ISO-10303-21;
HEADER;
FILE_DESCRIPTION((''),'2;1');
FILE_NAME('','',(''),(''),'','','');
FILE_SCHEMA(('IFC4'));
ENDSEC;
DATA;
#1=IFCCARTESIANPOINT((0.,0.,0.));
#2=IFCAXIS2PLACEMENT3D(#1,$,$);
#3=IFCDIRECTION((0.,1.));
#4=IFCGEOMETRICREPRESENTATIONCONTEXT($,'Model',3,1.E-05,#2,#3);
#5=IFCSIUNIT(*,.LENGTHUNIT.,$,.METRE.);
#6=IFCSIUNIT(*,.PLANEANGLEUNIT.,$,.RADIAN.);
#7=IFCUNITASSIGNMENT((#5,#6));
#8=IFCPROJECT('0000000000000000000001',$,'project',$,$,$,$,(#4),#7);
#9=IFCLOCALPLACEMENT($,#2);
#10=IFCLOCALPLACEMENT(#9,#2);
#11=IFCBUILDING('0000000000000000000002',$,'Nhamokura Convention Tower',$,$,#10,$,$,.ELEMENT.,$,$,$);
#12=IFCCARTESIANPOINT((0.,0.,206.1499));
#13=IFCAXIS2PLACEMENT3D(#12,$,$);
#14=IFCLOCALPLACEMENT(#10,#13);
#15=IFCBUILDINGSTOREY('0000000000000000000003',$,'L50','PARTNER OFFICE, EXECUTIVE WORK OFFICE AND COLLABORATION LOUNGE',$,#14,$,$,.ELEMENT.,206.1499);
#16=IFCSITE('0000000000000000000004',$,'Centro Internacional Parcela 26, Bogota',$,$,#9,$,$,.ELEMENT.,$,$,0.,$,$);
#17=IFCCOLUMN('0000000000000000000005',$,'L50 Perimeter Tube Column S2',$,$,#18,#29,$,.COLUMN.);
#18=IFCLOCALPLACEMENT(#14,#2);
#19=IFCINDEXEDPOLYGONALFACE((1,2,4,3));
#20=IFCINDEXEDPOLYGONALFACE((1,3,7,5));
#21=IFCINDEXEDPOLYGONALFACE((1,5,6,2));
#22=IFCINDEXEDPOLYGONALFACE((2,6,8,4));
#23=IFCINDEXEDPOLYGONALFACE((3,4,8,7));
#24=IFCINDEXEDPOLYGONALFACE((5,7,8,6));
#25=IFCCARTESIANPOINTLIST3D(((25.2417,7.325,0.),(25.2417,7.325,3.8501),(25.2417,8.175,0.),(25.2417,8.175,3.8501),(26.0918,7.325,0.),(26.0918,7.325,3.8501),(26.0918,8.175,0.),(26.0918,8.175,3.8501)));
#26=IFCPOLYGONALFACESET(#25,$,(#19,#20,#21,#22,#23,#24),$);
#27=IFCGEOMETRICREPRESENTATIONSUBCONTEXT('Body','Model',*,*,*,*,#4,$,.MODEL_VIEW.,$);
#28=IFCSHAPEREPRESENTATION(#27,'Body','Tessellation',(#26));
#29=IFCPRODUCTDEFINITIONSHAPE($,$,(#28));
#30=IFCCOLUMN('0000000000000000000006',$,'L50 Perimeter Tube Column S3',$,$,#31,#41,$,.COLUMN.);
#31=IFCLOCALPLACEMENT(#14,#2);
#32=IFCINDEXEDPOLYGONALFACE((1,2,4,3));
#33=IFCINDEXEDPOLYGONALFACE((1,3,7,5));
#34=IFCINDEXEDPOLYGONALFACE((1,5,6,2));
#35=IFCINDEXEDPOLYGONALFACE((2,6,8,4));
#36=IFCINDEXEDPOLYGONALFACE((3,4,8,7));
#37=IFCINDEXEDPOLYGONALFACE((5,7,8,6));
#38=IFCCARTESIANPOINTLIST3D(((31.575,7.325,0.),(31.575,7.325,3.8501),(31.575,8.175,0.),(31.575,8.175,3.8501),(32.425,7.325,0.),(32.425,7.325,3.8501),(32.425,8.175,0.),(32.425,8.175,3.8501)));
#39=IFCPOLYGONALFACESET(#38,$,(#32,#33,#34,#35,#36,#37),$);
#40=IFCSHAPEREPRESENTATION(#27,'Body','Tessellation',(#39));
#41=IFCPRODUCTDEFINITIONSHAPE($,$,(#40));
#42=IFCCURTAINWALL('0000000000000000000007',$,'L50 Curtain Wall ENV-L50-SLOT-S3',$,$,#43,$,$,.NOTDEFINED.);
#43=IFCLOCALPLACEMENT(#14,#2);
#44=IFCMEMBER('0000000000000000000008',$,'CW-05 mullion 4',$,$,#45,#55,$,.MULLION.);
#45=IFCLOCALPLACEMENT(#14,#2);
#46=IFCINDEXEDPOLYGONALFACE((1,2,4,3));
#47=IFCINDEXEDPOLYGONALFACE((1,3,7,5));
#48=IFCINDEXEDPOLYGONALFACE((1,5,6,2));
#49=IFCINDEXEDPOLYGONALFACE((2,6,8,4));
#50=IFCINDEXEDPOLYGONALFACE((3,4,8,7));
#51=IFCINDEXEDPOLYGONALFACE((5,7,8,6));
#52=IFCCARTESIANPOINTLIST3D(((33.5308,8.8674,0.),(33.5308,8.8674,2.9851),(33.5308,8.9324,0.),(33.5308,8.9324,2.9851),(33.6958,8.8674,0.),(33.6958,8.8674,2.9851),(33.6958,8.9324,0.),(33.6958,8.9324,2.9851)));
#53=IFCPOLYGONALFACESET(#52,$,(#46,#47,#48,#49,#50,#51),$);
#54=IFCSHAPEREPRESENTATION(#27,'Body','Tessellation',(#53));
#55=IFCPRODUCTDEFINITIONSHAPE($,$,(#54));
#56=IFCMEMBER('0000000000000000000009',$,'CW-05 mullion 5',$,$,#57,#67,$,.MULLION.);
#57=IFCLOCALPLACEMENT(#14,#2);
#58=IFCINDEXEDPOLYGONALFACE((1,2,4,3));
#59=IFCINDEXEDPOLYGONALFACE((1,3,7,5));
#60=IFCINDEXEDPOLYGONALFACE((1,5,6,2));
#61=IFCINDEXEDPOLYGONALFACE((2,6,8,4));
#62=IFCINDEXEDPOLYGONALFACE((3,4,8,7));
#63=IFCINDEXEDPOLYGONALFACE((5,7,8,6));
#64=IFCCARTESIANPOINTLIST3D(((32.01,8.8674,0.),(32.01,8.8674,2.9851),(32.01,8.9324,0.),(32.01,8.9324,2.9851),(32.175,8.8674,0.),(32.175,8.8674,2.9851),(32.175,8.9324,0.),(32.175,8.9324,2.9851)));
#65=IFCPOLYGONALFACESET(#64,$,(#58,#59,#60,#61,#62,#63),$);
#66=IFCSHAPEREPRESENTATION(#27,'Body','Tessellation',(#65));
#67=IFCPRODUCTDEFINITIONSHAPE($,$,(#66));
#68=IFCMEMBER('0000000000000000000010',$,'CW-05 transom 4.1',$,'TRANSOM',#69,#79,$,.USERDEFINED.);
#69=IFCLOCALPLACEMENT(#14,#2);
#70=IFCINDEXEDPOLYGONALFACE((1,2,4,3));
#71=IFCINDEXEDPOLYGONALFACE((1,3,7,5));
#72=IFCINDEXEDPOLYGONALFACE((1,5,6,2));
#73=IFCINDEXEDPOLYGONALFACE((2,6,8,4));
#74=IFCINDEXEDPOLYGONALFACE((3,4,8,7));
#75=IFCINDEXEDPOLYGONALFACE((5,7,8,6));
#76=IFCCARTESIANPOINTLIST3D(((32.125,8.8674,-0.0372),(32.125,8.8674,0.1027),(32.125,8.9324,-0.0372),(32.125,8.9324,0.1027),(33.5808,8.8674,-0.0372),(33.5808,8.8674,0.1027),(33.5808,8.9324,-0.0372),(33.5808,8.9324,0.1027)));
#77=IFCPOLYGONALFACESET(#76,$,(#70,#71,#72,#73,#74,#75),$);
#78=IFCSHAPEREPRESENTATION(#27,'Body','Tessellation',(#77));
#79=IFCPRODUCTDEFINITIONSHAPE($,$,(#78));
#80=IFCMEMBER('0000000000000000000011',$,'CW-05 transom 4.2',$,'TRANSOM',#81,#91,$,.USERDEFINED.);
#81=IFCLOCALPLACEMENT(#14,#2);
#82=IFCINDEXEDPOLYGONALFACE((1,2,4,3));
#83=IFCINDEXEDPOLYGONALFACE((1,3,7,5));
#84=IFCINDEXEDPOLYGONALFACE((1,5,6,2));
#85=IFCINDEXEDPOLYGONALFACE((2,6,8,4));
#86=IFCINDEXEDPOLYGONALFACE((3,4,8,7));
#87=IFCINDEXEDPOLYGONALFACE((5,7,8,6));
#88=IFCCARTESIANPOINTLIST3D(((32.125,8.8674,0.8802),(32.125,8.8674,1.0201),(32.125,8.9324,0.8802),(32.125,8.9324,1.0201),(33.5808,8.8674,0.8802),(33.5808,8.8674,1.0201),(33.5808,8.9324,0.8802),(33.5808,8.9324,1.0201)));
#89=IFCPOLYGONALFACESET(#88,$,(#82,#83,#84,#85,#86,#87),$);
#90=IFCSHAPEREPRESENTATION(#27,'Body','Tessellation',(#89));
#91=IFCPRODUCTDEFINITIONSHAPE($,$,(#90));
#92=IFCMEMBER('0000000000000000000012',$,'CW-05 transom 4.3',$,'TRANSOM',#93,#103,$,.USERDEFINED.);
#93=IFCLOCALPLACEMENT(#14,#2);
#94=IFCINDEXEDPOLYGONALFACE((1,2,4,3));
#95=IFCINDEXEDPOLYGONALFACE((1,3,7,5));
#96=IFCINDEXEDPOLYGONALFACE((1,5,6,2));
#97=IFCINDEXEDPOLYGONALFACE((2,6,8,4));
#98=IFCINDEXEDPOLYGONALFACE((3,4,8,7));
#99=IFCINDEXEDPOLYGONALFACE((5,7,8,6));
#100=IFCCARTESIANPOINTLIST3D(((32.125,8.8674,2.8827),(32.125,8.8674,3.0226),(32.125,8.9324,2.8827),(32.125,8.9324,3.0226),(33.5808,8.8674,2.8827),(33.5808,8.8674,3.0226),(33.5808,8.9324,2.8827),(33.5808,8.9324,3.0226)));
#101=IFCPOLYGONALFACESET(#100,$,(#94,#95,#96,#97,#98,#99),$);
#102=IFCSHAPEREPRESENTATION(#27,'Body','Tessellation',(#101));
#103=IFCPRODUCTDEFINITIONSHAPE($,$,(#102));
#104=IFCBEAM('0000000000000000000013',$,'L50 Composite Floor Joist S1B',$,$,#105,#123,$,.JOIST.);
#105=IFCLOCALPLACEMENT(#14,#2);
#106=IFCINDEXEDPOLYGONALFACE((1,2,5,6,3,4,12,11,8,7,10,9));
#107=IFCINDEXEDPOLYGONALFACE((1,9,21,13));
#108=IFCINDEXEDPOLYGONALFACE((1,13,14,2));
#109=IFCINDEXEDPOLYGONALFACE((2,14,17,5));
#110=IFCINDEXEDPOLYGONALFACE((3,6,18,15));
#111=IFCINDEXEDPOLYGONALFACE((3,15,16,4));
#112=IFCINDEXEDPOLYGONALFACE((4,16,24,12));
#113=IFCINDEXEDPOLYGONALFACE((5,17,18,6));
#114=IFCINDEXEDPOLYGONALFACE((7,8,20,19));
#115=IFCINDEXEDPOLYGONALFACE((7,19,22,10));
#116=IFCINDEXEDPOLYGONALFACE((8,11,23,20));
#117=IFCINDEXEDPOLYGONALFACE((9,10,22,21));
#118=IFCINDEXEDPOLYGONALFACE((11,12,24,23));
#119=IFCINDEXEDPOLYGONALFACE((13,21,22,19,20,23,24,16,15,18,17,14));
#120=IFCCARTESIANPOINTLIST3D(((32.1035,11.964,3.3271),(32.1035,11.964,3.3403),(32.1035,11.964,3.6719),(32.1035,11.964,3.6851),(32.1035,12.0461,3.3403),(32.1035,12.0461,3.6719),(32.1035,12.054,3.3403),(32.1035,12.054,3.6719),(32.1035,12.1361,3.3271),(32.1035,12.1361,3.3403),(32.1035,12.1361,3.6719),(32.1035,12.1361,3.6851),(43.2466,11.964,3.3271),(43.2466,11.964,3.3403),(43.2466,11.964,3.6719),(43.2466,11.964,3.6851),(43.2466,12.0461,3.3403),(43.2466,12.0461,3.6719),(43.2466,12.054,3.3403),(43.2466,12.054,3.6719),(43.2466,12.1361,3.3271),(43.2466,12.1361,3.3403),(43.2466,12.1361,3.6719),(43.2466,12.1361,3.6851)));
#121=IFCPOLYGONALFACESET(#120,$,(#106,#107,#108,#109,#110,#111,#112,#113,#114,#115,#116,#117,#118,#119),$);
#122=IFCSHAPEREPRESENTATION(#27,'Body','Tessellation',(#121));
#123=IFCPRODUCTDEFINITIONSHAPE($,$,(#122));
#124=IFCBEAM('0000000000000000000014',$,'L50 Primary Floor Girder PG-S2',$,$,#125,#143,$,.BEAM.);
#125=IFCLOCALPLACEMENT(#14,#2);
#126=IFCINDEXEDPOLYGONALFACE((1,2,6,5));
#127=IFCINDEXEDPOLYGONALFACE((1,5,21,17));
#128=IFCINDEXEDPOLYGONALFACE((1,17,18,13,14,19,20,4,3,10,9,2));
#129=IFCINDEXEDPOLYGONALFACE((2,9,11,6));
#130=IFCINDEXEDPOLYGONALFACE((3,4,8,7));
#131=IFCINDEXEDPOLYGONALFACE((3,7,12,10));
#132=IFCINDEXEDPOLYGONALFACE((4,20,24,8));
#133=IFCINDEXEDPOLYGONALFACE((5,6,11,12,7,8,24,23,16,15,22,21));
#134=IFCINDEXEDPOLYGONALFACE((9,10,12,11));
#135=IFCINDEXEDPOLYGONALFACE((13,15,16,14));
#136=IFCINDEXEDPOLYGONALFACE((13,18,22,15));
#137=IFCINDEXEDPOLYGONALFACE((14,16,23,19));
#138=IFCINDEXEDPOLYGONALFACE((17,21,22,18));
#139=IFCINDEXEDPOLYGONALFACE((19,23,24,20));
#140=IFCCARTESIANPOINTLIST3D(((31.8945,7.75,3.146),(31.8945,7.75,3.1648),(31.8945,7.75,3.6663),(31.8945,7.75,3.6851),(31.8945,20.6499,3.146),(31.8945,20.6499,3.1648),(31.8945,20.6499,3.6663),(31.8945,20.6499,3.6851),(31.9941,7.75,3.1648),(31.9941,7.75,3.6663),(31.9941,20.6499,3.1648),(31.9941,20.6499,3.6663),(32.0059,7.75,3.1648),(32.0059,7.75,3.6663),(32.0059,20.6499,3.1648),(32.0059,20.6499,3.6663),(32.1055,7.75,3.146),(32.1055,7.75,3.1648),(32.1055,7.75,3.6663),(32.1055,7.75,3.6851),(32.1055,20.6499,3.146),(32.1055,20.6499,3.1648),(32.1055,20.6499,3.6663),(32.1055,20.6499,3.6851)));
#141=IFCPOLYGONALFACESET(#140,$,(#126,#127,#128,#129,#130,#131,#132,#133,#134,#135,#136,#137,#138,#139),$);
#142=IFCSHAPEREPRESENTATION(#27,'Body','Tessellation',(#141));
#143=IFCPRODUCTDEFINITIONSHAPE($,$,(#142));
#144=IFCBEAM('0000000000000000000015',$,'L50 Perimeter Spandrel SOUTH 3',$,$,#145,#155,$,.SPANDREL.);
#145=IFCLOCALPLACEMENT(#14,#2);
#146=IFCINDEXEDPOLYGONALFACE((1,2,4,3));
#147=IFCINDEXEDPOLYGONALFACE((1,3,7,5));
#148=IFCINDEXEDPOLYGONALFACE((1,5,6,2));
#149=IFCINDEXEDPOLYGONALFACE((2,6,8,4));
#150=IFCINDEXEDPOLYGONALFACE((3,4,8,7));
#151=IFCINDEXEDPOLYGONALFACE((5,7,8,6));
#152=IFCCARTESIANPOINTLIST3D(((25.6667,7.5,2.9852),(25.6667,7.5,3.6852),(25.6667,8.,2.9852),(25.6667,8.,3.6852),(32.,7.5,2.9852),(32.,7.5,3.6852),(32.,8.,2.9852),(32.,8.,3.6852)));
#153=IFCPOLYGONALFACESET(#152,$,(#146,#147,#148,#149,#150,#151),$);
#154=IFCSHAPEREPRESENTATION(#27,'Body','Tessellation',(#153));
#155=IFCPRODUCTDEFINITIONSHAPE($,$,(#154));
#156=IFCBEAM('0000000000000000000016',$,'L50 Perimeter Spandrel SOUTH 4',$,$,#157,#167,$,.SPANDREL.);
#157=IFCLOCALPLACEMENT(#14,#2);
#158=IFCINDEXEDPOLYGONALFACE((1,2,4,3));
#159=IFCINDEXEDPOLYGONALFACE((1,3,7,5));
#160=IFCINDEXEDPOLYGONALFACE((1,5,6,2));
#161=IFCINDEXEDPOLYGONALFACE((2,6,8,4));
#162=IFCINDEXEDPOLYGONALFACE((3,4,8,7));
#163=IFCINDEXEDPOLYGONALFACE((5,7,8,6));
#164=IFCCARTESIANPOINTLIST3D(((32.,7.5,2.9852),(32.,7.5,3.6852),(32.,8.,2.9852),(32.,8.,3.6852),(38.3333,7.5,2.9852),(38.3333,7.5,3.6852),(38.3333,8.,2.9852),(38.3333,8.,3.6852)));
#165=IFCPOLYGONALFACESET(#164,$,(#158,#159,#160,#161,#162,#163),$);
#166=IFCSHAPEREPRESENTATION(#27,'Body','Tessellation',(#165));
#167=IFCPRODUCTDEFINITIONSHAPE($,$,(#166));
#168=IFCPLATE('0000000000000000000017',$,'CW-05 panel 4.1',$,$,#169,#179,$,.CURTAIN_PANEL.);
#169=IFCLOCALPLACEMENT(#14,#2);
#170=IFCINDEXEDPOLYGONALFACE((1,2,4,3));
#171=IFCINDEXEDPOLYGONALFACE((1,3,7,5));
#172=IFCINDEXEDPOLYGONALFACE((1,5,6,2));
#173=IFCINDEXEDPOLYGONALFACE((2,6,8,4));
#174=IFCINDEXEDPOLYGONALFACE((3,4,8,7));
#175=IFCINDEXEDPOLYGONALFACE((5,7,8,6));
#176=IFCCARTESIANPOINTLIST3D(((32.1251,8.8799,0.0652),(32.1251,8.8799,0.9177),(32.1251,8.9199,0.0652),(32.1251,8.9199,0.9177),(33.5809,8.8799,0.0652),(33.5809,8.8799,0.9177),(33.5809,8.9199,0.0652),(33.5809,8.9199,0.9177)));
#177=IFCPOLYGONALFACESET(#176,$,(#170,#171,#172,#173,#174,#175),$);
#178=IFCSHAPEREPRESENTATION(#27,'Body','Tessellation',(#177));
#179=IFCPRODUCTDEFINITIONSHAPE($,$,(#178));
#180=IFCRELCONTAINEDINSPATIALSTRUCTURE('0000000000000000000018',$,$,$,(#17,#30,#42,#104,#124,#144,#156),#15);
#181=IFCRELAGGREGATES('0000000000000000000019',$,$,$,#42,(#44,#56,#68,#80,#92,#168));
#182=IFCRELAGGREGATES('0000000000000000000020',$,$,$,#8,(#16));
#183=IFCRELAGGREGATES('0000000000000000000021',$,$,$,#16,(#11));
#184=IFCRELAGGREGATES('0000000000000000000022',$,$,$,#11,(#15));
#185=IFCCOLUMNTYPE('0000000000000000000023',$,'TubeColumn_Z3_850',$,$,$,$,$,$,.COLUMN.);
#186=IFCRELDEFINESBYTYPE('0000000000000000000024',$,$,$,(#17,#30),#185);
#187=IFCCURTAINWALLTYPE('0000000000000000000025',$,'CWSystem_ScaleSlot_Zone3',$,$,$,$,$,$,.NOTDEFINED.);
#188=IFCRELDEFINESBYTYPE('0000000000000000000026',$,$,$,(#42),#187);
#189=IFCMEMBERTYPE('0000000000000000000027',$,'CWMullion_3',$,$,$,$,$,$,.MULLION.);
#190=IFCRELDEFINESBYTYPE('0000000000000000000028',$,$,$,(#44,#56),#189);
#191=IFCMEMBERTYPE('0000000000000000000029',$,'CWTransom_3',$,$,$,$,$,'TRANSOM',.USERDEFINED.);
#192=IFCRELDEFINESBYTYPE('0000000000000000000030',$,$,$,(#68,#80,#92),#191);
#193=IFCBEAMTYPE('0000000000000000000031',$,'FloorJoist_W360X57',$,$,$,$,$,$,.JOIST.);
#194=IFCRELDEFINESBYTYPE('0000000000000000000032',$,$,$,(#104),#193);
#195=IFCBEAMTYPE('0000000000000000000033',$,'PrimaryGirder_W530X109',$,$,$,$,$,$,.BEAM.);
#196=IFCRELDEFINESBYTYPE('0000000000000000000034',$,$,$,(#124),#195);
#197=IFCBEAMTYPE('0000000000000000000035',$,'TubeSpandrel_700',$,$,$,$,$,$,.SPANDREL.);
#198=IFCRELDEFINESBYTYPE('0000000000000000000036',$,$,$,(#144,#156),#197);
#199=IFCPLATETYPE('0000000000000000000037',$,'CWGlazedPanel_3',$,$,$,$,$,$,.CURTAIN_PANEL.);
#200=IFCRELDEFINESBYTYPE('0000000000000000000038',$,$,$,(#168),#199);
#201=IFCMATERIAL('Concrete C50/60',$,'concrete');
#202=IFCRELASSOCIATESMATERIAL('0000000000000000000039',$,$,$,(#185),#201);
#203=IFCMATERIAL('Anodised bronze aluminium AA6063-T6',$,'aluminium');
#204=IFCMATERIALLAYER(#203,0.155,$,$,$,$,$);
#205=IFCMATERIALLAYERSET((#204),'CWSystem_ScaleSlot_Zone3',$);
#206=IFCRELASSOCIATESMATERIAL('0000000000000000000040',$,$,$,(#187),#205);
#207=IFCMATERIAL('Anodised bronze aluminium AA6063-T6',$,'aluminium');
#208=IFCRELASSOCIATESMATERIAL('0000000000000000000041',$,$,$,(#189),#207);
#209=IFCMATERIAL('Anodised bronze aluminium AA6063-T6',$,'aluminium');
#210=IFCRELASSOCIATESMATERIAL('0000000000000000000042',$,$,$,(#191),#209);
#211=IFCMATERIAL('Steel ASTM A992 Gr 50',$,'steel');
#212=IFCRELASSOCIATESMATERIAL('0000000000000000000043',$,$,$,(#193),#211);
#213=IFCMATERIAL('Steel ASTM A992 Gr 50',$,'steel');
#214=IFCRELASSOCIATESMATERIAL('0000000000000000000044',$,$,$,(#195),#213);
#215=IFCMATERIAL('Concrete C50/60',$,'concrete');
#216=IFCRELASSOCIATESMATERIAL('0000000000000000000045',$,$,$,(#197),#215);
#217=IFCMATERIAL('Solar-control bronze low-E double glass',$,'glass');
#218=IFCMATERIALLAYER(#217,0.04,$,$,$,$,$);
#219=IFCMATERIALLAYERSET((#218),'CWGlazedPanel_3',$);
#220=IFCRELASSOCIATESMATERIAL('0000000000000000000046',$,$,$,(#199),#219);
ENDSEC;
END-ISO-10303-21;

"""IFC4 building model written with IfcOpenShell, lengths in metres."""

from ifc_helpers import new_model, si_unit, direction, frame, origin, origin_2d, place, context, subcontext, project, spatial, rectangle, i_section, extrude, material, layer, layer_set, material_profile, profile_set, type_object, element, aggregate, save


model = new_model("IFC4")

# Units and contexts
model_context = context("Model", 3, precision=1e-05, world=origin(), true_north=direction((0.0, 1.0)))
body_context = subcontext(model_context, "Body", "Model", "MODEL_VIEW")
ifc_project = project(units=[si_unit("LENGTHUNIT", "METRE"), si_unit("PLANEANGLEUNIT", "RADIAN")], contexts=[model_context])

# Site, building, storey
site_placement = place(None, origin())
site = spatial("IfcSite", under=ifc_project, at=site_placement, Name="Centro Internacional Parcela 26, Bogota", CompositionType="ELEMENT", RefElevation=0.0)
building_placement = place(site_placement, origin())
building = spatial("IfcBuilding", under=site, at=building_placement, Name="Nhamokura Convention Tower", CompositionType="ELEMENT")
storey_placement = place(building_placement, frame((0.0, 0.0, 206.1499)))
storey = spatial("IfcBuildingStorey", under=building, at=storey_placement, Name="L50", Description="PARTNER OFFICE, EXECUTIVE WORK OFFICE AND COLLABORATION LOUNGE", CompositionType="ELEMENT", Elevation=206.1499)

# Columns
ifc_material_1 = material(Name="Concrete C50/60", Category="concrete")
ifc_material_profile_1 = material_profile(ifc_material_1, rectangle(XDim=0.8501, YDim=0.8501, at=origin_2d()))
ifc_profile_set_1 = profile_set([ifc_material_profile_1], Name="Concrete C50/60")
column_type = type_object("IfcColumnType", Name="TubeColumn_Z3_850", PredefinedType="COLUMN", material=ifc_profile_set_1)
for number, where, z_axis, x_axis, name in (
    (1, (25.6667, 7.75, 0.0), (0.0, 0.0, 1.0), (1.0, 0.0, 0.0), "L50 Perimeter Tube Column S2"),
    (2, (32.0, 7.75, 0.0), (0.0, 0.0, 1.0), (1.0, 0.0, 0.0), "L50 Perimeter Tube Column S3"),
):
    element("IfcColumn", number, at=place(storey_placement, frame(where, z_axis=z_axis, x_axis=x_axis)), inside=storey, type_object=column_type, Name=name, PredefinedType="COLUMN", context=body_context, shape_type="SweptSolid", body=[
        extrude(rectangle(XDim=0.8501, YDim=0.8501, at=origin_2d()), origin(), (0.0, 0.0, 1.0), 3.8501),
    ])

# Curtain wall, members
ifc_material_2 = material(Name="Anodised bronze aluminium AA6063-T6", Category="aluminium")
ifc_layer_1 = layer(ifc_material_2, 0.155)
ifc_layer_set_1 = layer_set([ifc_layer_1], Name="CWSystem_ScaleSlot_Zone3")
curtain_wall_type = type_object("IfcCurtainWallType", Name="CWSystem_ScaleSlot_Zone3", PredefinedType="NOTDEFINED", material=ifc_layer_set_1)
curtain_wall_placement = place(storey_placement, origin())
curtain_wall = element("IfcCurtainWall", 3, at=curtain_wall_placement, inside=storey, type_object=curtain_wall_type, Name="L50 Curtain Wall ENV-L50-SLOT-S3", PredefinedType="NOTDEFINED")
ifc_material_3 = material(Name="Anodised bronze aluminium AA6063-T6", Category="aluminium")
ifc_material_profile_2 = material_profile(ifc_material_3, rectangle(XDim=0.0649, YDim=0.165, at=origin_2d()))
ifc_profile_set_2 = profile_set([ifc_material_profile_2], Name="Anodised bronze aluminium AA6063-T6")
member_type_1 = type_object("IfcMemberType", Name="CWMullion_3", PredefinedType="MULLION", material=ifc_profile_set_2)
member_1_placement = place(storey_placement, frame((33.6133, 8.8999, 0.0), z_axis=(0.0, 0.0, 1.0), x_axis=(0.0, -1.0, 0.0)))
member_1 = element("IfcMember", 4, at=member_1_placement, type_object=member_type_1, Name="CW-05 mullion 4", PredefinedType="MULLION", context=body_context, shape_type="SweptSolid", body=[
    extrude(rectangle(XDim=0.0649, YDim=0.165, at=origin_2d()), origin(), (0.0, 0.0, 1.0), 2.9851),
])
member_2_placement = place(storey_placement, frame((32.0925, 8.8999, 0.0), z_axis=(0.0, 0.0, 1.0), x_axis=(0.0, -1.0, 0.0)))
member_2 = element("IfcMember", 5, at=member_2_placement, type_object=member_type_1, Name="CW-05 mullion 5", PredefinedType="MULLION", context=body_context, shape_type="SweptSolid", body=[
    extrude(rectangle(XDim=0.0649, YDim=0.165, at=origin_2d()), origin(), (0.0, 0.0, 1.0), 2.9851),
])
ifc_material_4 = material(Name="Anodised bronze aluminium AA6063-T6", Category="aluminium")
ifc_material_profile_3 = material_profile(ifc_material_4, rectangle(XDim=0.0649, YDim=0.1399, at=origin_2d()))
ifc_profile_set_3 = profile_set([ifc_material_profile_3], Name="Anodised bronze aluminium AA6063-T6")
member_type_2 = type_object("IfcMemberType", Name="CWTransom_3", ElementType="TRANSOM", PredefinedType="USERDEFINED", material=ifc_profile_set_3)
member_3_placement = place(storey_placement, frame((33.5808, 8.8999, 0.0327), z_axis=(-1.0, 0.0, 0.0), x_axis=(0.0, -1.0, 0.0)))
member_3 = element("IfcMember", 6, at=member_3_placement, type_object=member_type_2, Name="CW-05 transom 4.1", ObjectType="TRANSOM", PredefinedType="USERDEFINED", context=body_context, shape_type="SweptSolid", body=[
    extrude(rectangle(XDim=0.0649, YDim=0.1399, at=origin_2d()), origin(), (0.0, 0.0, 1.0), 1.4558),
])
member_4_placement = place(storey_placement, frame((33.5808, 8.8999, 0.9502), z_axis=(-1.0, 0.0, 0.0), x_axis=(0.0, -1.0, 0.0)))
member_4 = element("IfcMember", 7, at=member_4_placement, type_object=member_type_2, Name="CW-05 transom 4.2", ObjectType="TRANSOM", PredefinedType="USERDEFINED", context=body_context, shape_type="SweptSolid", body=[
    extrude(rectangle(XDim=0.0649, YDim=0.1399, at=origin_2d()), origin(), (0.0, 0.0, 1.0), 1.4558),
])
member_5_placement = place(storey_placement, frame((33.5808, 8.8999, 2.9526), z_axis=(-1.0, 0.0, 0.0), x_axis=(0.0, -1.0, 0.0)))
member_5 = element("IfcMember", 8, at=member_5_placement, type_object=member_type_2, Name="CW-05 transom 4.3", ObjectType="TRANSOM", PredefinedType="USERDEFINED", context=body_context, shape_type="SweptSolid", body=[
    extrude(rectangle(XDim=0.0649, YDim=0.1399, at=origin_2d()), origin(), (0.0, 0.0, 1.0), 1.4558),
])

# Beams
ifc_material_5 = material(Name="Steel ASTM A992 Gr 50", Category="steel")
ifc_material_profile_4 = material_profile(ifc_material_5, i_section(OverallWidth=0.1721, OverallDepth=0.3579, WebThickness=0.0078, FlangeThickness=0.0132, at=origin_2d()))
ifc_profile_set_4 = profile_set([ifc_material_profile_4], Name="Steel ASTM A992 Gr 50")
beam_type_1 = type_object("IfcBeamType", Name="FloorJoist_W360X57", PredefinedType="JOIST", material=ifc_profile_set_4)
beam_1_placement = place(storey_placement, frame((32.1035, 12.05, 3.5061), z_axis=(1.0, 0.0, 0.0), x_axis=(0.0, 1.0, 0.0)))
element("IfcBeam", 9, at=beam_1_placement, inside=storey, type_object=beam_type_1, Name="L50 Composite Floor Joist S1B", PredefinedType="JOIST", context=body_context, shape_type="SweptSolid", body=[
    extrude(i_section(OverallWidth=0.1721, OverallDepth=0.3579, WebThickness=0.0078, FlangeThickness=0.0132, at=origin_2d()), origin(), (0.0, 0.0, 1.0), 11.1431),
])
ifc_material_6 = material(Name="Steel ASTM A992 Gr 50", Category="steel")
ifc_material_profile_5 = material_profile(ifc_material_6, i_section(OverallWidth=0.2109, OverallDepth=0.5391, WebThickness=0.0117, FlangeThickness=0.0188, at=origin_2d()))
ifc_profile_set_5 = profile_set([ifc_material_profile_5], Name="Steel ASTM A992 Gr 50")
beam_type_2 = type_object("IfcBeamType", Name="PrimaryGirder_W530X109", PredefinedType="BEAM", material=ifc_profile_set_5)
beam_2_placement = place(storey_placement, frame((32.0, 7.75, 3.4155), z_axis=(0.0, 1.0, 0.0), x_axis=(-1.0, 0.0, 0.0)))
element("IfcBeam", 10, at=beam_2_placement, inside=storey, type_object=beam_type_2, Name="L50 Primary Floor Girder PG-S2", PredefinedType="BEAM", context=body_context, shape_type="SweptSolid", body=[
    extrude(i_section(OverallWidth=0.2109, OverallDepth=0.5391, WebThickness=0.0117, FlangeThickness=0.0188, at=origin_2d()), origin(), (0.0, 0.0, 1.0), 12.8999),
])
ifc_material_7 = material(Name="Concrete C50/60", Category="concrete")
ifc_material_profile_6 = material_profile(ifc_material_7, rectangle(XDim=0.5, YDim=0.7, at=origin_2d()))
ifc_profile_set_6 = profile_set([ifc_material_profile_6], Name="Concrete C50/60")
beam_type_3 = type_object("IfcBeamType", Name="TubeSpandrel_700", PredefinedType="SPANDREL", material=ifc_profile_set_6)
for number, where, z_axis, x_axis, name in (
    (11, (25.6667, 7.75, 3.3352), (1.0, 0.0, 0.0), (0.0, 1.0, 0.0), "L50 Perimeter Spandrel SOUTH 3"),
    (12, (32.0, 7.75, 3.3352), (1.0, 0.0, 0.0), (0.0, 1.0, 0.0), "L50 Perimeter Spandrel SOUTH 4"),
):
    element("IfcBeam", number, at=place(storey_placement, frame(where, z_axis=z_axis, x_axis=x_axis)), inside=storey, type_object=beam_type_3, Name=name, PredefinedType="SPANDREL", context=body_context, shape_type="SweptSolid", body=[
        extrude(rectangle(XDim=0.5, YDim=0.7, at=origin_2d()), origin(), (0.0, 0.0, 1.0), 6.3333),
    ])

# Plate
ifc_material_8 = material(Name="Solar-control bronze low-E double glass", Category="glass")
ifc_layer_2 = layer(ifc_material_8, 0.04)
ifc_layer_set_2 = layer_set([ifc_layer_2], Name="CWGlazedPanel_3")
plate_type = type_object("IfcPlateType", Name="CWGlazedPanel_3", PredefinedType="CURTAIN_PANEL", material=ifc_layer_set_2)
plate_1_placement = place(storey_placement, frame((32.853, 8.8999, 0.0652), z_axis=(0.0, 0.0, 1.0), x_axis=(-1.0, 0.0, 0.0)))
plate_1 = element("IfcPlate", 13, at=plate_1_placement, type_object=plate_type, Name="CW-05 panel 4.1", PredefinedType="CURTAIN_PANEL", context=body_context, shape_type="SweptSolid", body=[
    extrude(rectangle(XDim=1.4558, YDim=0.04, at=origin_2d()), origin(), (0.0, 0.0, 1.0), 0.8525),
])
aggregate(curtain_wall, [member_1, member_2, member_3, member_4, member_5, plate_1])

save(model, "model.ifc")
